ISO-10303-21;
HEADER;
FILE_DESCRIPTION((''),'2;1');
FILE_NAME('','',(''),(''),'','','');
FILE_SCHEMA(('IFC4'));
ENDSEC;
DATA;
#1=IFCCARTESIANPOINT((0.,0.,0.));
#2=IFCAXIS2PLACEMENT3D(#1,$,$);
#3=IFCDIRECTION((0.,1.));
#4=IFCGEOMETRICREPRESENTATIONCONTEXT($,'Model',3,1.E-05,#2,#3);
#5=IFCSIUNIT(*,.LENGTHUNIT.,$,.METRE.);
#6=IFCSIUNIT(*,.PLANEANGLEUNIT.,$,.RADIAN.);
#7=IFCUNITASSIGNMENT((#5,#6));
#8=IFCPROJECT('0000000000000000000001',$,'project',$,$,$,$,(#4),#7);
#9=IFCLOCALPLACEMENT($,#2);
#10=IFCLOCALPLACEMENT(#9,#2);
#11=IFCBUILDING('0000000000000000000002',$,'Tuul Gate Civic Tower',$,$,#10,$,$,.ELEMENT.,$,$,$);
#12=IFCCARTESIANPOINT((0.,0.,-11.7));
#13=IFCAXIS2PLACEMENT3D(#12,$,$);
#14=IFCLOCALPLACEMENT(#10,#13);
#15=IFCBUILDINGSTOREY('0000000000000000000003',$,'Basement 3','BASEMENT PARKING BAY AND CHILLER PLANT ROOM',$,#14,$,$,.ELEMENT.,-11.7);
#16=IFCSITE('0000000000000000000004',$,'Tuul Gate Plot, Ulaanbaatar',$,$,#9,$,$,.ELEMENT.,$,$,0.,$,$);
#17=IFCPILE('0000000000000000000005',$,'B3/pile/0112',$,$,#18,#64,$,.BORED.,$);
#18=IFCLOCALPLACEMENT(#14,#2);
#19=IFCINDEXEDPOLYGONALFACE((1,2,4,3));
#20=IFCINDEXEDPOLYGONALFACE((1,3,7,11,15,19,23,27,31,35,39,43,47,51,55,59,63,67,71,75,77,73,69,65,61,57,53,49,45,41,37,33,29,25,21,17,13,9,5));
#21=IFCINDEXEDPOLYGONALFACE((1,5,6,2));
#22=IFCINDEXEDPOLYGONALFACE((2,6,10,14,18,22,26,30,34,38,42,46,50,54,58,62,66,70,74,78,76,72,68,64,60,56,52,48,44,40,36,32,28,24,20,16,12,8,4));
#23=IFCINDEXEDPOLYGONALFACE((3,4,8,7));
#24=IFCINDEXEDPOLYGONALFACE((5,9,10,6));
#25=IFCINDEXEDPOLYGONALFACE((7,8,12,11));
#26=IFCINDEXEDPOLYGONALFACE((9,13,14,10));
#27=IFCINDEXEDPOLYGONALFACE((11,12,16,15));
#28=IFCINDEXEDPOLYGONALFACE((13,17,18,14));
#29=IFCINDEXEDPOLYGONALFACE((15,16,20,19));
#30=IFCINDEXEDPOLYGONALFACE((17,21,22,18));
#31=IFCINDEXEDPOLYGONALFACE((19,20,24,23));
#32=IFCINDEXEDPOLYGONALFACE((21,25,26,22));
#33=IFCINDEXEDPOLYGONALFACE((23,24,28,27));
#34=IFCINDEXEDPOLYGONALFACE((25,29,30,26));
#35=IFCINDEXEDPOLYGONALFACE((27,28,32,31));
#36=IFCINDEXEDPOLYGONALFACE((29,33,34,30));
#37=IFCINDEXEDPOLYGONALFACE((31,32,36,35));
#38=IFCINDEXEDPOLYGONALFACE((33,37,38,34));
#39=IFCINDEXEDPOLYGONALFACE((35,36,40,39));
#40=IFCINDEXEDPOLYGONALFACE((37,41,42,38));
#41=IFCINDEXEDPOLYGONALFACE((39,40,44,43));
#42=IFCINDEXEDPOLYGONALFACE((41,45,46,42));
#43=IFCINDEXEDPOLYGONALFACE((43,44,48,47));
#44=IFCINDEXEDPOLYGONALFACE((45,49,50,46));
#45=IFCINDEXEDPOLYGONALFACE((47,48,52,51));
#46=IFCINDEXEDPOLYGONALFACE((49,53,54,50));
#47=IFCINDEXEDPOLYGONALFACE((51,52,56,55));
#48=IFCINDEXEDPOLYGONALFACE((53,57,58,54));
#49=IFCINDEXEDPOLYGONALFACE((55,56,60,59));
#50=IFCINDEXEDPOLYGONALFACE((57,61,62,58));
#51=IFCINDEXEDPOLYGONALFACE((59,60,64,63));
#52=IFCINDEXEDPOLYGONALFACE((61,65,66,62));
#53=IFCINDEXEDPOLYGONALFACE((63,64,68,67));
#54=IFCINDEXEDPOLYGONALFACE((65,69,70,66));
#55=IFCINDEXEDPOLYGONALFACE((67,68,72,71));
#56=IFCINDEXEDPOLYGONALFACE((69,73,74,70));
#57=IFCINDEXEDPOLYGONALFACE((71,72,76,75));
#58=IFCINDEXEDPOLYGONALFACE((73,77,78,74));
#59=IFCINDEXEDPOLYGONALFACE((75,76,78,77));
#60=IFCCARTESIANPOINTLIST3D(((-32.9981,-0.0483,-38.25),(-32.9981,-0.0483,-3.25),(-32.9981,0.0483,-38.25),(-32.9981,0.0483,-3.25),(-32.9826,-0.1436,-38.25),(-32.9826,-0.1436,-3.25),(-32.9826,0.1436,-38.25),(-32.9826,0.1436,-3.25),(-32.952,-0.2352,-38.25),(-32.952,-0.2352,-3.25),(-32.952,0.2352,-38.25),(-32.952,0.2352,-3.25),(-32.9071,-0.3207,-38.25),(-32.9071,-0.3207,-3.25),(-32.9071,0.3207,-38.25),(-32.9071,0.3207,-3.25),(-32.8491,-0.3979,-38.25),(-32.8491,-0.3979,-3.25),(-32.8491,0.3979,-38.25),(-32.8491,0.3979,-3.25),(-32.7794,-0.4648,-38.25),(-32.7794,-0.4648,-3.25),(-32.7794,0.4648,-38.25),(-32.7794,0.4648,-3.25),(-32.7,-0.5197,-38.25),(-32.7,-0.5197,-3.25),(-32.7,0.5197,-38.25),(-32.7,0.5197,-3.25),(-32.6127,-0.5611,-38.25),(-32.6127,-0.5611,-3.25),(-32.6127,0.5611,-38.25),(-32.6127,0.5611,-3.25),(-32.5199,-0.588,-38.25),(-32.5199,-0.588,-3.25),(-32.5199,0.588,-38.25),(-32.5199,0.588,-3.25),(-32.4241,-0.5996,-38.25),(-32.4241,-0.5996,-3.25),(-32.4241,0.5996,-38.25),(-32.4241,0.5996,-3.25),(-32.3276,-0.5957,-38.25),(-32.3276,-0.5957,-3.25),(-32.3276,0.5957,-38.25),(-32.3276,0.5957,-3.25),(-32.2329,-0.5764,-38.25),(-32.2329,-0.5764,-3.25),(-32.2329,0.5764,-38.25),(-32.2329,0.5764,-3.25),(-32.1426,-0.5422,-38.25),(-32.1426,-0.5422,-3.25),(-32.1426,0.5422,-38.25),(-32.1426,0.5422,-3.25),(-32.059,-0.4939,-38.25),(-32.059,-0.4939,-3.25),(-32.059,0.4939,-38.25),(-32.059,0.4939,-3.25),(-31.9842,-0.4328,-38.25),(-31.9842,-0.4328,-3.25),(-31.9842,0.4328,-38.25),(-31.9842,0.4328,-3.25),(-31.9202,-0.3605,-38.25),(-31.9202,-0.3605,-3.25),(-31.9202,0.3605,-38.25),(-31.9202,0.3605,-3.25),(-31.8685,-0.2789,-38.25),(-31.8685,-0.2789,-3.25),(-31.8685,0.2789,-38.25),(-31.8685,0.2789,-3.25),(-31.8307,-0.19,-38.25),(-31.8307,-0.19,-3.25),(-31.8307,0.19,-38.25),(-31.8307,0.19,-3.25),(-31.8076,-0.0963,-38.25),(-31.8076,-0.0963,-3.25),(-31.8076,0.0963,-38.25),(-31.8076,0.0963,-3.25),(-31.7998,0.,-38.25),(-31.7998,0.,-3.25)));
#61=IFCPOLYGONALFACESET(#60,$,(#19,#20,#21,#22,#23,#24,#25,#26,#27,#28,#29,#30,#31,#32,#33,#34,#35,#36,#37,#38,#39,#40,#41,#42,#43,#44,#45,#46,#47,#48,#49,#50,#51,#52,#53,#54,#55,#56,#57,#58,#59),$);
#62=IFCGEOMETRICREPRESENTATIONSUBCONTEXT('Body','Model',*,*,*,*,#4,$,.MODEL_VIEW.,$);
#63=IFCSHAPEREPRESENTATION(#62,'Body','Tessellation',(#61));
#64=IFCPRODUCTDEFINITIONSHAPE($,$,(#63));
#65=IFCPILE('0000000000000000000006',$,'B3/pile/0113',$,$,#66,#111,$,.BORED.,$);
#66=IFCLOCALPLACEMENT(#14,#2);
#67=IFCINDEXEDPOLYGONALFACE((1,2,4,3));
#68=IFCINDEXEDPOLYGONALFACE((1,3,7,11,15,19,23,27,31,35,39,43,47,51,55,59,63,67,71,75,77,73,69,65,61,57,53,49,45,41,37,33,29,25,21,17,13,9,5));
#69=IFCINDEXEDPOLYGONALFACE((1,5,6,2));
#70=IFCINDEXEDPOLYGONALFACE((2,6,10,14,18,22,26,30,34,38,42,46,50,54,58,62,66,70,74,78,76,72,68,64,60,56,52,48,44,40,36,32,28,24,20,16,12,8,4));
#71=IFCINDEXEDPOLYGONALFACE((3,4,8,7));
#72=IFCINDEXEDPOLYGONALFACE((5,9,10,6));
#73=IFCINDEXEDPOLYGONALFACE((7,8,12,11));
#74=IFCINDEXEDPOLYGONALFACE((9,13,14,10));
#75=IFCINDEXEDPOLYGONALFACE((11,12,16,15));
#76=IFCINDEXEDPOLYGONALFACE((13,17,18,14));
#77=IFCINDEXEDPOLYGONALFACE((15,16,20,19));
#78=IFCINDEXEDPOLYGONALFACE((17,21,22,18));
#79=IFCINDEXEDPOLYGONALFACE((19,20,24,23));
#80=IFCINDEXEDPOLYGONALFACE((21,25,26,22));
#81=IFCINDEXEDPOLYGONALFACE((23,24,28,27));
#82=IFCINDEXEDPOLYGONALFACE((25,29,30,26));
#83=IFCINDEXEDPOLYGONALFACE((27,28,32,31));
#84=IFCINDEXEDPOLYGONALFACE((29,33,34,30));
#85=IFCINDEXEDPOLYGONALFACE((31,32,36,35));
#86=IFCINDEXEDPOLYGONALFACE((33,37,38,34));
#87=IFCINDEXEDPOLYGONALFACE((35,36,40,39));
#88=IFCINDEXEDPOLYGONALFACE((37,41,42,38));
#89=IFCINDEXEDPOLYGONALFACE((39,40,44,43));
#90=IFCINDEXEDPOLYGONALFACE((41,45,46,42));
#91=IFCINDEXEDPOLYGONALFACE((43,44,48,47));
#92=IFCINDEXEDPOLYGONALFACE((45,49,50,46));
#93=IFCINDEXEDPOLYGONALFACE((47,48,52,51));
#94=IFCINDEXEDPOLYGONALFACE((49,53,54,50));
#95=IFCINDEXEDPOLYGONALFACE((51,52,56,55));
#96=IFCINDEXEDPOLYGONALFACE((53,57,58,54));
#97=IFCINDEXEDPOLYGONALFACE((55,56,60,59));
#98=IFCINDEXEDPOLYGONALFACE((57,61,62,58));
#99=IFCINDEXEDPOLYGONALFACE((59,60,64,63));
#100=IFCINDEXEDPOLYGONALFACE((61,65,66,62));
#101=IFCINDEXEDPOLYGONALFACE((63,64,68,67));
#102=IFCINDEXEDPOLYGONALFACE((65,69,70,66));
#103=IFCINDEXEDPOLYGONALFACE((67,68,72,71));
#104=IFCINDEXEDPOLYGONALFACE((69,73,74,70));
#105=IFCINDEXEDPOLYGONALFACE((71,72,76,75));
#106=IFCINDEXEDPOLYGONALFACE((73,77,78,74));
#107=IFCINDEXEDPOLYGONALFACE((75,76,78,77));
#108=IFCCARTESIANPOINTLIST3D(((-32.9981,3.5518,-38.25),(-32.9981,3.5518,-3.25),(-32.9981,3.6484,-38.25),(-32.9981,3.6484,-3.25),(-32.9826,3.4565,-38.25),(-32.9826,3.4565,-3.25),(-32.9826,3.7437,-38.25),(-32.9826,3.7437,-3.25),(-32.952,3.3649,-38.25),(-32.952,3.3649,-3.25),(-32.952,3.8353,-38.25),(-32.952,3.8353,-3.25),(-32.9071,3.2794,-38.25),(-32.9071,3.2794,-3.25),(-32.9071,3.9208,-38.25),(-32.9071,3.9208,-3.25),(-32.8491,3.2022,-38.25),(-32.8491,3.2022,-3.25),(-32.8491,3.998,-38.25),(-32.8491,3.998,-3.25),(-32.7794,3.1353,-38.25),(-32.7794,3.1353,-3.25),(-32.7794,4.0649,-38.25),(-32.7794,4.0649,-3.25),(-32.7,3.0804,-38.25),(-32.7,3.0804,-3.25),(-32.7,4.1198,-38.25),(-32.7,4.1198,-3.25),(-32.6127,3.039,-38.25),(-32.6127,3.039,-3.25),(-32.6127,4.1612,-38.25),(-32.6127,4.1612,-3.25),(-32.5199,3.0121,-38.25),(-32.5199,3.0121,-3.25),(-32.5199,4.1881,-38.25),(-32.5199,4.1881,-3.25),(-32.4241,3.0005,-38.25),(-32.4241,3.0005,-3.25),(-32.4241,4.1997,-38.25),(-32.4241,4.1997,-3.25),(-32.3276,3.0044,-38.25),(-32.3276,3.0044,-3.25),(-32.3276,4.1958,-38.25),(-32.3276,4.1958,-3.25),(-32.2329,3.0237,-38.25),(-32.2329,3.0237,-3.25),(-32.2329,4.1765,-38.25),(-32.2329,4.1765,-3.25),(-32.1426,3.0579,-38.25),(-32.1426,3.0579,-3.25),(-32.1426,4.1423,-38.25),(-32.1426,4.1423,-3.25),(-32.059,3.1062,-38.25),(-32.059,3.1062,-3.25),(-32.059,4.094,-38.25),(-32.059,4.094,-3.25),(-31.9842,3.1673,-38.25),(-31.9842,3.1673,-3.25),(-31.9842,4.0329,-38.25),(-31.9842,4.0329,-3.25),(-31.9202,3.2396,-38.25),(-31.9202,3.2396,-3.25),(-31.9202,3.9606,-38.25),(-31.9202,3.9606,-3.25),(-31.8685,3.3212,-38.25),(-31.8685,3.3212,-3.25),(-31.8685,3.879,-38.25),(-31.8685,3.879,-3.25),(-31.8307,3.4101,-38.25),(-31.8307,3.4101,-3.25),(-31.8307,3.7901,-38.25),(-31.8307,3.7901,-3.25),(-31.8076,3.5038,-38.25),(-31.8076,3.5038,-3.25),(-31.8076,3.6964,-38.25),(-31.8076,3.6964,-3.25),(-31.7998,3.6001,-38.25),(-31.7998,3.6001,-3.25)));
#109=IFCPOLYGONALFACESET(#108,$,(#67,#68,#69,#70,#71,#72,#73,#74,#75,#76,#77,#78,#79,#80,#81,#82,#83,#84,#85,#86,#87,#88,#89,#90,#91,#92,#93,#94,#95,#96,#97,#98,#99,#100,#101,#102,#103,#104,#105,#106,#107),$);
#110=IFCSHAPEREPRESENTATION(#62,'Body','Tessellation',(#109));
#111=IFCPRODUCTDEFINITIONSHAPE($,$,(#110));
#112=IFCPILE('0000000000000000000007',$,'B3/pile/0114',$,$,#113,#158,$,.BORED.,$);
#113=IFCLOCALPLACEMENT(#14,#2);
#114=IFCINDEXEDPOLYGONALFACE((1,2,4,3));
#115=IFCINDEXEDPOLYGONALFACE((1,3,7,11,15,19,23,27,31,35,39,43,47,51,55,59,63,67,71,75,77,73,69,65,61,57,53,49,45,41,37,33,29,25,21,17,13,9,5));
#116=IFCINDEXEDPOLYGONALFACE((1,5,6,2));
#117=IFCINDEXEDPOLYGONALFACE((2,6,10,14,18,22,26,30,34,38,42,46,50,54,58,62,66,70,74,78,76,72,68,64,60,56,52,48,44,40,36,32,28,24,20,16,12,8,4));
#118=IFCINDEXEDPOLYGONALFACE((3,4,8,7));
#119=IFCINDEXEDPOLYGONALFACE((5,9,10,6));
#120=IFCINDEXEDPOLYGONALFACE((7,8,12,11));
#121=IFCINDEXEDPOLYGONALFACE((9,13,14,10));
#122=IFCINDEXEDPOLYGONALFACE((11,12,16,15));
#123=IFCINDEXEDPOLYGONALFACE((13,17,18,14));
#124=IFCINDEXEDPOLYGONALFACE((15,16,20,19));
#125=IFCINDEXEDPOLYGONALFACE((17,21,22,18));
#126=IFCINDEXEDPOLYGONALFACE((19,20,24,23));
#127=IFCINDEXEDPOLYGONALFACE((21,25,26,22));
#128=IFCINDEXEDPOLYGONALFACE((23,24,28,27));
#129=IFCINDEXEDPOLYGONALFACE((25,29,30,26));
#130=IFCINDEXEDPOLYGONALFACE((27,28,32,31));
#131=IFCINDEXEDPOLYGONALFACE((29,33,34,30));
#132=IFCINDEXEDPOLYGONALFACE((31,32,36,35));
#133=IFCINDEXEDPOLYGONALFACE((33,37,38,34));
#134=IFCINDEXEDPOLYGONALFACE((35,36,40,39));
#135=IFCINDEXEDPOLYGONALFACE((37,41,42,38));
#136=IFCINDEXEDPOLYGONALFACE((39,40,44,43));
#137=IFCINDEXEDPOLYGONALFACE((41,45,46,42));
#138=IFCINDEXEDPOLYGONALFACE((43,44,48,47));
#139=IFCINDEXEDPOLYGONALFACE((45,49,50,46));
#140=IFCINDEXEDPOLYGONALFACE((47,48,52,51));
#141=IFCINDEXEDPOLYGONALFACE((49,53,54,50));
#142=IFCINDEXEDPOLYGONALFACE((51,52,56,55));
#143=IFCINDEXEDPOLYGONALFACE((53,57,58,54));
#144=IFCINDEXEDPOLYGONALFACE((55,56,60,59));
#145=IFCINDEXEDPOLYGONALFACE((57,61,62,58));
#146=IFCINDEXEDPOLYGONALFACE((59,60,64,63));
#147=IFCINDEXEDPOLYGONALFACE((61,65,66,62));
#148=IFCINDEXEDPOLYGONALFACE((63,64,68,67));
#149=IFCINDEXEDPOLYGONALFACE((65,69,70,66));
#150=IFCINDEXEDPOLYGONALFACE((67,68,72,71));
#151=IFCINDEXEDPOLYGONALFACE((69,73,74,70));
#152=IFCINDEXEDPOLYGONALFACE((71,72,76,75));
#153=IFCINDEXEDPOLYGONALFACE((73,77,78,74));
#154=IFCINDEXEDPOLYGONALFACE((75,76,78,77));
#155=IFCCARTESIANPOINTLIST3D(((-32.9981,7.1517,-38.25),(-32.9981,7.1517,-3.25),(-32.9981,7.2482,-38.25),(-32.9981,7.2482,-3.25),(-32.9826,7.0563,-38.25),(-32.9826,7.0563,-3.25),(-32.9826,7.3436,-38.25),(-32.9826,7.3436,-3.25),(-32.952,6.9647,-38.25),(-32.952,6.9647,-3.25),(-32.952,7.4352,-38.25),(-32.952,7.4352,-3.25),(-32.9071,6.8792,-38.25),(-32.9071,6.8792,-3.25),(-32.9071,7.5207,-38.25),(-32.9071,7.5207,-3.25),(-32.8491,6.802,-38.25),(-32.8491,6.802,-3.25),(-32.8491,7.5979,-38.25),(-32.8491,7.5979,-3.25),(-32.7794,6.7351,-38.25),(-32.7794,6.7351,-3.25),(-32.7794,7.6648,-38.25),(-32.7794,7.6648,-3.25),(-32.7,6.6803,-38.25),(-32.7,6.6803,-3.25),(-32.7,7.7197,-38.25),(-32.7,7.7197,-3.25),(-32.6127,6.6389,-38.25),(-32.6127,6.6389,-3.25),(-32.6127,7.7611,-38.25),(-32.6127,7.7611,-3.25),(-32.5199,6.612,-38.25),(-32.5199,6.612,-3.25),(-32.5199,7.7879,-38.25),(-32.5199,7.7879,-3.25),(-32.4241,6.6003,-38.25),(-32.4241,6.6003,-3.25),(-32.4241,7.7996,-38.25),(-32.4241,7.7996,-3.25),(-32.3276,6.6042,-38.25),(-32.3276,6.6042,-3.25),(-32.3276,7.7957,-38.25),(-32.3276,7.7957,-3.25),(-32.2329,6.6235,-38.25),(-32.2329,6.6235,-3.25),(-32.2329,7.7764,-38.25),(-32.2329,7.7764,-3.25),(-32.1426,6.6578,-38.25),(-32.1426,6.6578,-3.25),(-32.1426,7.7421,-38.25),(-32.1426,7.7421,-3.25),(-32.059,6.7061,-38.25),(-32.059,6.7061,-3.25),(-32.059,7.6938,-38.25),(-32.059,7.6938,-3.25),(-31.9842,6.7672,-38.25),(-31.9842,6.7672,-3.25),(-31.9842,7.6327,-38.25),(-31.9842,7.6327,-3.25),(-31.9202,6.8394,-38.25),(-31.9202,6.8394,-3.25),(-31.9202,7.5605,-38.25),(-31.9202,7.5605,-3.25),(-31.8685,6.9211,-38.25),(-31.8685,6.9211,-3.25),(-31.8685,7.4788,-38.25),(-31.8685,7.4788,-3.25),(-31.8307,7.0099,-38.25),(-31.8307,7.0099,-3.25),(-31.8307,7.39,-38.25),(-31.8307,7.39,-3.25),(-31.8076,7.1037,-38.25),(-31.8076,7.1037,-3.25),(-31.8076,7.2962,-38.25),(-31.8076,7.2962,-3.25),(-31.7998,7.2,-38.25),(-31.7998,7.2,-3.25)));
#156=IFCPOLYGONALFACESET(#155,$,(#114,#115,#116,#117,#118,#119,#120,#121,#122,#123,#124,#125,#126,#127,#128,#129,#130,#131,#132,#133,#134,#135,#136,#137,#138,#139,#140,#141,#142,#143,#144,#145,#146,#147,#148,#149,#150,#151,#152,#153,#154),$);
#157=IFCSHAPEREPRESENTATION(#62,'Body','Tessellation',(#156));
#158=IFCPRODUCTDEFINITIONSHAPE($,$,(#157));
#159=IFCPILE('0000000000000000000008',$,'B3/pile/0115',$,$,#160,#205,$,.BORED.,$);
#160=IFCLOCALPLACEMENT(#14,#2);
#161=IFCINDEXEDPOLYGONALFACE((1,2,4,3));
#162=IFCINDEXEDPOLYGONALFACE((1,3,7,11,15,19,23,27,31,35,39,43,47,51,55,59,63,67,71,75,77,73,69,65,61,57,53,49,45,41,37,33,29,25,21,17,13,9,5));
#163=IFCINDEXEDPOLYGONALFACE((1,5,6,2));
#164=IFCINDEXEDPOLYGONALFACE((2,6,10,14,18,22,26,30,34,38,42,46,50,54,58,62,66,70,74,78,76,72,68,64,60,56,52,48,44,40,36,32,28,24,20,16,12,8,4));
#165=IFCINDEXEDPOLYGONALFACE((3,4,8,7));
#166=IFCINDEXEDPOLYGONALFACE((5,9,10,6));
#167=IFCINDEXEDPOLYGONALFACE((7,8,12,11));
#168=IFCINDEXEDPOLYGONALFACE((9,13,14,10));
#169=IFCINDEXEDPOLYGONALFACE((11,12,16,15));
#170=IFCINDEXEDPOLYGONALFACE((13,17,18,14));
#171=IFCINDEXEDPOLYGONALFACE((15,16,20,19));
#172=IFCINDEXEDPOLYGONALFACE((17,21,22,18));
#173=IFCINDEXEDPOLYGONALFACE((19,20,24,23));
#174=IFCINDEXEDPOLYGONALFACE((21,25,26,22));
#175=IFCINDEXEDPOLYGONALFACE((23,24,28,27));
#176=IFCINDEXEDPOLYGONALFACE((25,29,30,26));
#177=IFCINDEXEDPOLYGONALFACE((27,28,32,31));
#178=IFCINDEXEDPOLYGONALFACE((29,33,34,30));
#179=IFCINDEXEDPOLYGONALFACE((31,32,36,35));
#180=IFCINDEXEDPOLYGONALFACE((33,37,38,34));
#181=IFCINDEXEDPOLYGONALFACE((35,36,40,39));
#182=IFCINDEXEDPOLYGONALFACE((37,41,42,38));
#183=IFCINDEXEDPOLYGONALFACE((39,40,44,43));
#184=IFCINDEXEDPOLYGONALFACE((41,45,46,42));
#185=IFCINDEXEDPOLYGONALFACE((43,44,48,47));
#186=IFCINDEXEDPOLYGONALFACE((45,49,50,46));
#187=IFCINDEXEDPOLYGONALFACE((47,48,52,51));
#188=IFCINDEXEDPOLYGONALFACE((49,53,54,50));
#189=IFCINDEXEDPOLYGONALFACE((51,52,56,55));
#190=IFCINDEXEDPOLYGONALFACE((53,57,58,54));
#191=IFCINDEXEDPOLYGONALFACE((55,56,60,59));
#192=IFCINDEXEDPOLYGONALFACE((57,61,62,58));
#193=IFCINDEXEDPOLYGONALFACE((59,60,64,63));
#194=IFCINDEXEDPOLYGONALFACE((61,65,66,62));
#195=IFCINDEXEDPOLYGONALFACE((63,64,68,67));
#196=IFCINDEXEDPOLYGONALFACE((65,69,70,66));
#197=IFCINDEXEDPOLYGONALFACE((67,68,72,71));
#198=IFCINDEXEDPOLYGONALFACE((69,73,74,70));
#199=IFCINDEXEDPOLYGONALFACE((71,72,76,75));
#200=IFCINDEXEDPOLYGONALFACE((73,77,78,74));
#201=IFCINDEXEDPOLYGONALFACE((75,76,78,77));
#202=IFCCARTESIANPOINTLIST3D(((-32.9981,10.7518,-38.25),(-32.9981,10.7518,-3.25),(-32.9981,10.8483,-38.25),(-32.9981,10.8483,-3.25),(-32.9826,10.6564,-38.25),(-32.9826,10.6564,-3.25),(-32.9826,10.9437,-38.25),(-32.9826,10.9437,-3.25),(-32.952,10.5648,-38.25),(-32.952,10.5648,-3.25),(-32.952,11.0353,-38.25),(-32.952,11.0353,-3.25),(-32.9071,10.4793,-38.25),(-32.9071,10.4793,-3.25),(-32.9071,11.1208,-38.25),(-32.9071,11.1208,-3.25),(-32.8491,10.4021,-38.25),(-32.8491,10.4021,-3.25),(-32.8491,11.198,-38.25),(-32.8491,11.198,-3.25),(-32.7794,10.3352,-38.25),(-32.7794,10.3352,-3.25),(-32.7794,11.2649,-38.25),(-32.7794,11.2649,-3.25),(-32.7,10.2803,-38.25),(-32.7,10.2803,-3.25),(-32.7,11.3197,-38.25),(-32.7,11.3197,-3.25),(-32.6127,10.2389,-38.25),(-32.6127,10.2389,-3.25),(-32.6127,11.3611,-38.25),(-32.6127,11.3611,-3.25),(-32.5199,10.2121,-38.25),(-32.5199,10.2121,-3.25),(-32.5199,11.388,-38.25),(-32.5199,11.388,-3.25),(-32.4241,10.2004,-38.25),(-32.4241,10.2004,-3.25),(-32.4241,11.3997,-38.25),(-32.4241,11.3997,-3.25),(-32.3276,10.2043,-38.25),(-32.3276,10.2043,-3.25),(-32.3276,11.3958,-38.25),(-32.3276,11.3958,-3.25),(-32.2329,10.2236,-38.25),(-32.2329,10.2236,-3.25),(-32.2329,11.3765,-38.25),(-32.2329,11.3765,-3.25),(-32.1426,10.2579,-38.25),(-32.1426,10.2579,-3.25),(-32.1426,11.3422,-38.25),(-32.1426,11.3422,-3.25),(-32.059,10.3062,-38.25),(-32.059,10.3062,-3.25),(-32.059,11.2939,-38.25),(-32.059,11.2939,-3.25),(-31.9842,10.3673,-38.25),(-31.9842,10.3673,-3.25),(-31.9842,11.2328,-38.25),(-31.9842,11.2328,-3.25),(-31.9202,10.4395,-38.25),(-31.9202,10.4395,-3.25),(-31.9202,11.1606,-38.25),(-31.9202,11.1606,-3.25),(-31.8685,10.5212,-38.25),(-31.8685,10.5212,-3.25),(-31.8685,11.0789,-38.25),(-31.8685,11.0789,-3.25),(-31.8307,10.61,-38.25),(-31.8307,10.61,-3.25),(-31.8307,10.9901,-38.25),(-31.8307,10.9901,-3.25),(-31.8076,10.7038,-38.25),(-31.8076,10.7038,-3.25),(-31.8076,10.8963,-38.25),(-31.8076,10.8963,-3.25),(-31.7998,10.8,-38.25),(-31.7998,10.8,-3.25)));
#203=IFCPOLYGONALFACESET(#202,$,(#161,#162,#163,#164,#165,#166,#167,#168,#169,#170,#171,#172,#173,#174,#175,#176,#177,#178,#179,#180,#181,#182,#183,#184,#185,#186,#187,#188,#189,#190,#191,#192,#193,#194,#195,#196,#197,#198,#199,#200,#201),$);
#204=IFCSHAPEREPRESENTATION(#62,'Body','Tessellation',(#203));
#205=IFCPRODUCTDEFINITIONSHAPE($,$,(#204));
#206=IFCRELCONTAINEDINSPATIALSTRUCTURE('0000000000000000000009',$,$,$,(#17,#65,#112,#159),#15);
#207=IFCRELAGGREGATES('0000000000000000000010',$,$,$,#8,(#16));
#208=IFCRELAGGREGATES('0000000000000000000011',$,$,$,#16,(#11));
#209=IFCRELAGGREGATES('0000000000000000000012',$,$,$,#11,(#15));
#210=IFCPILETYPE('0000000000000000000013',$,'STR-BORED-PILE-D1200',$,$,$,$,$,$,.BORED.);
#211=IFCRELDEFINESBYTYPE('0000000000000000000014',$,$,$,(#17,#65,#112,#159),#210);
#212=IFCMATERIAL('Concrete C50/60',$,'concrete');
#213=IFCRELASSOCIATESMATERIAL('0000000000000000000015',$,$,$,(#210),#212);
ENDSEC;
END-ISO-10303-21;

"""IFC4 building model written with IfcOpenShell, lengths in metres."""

from ifc_helpers import new_model, si_unit, direction, frame, origin, origin_2d, place, context, subcontext, project, spatial, circle, extrude, material, material_profile, profile_set, type_object, element, save


model = new_model("IFC4")

# Units and contexts
model_context = context("Model", 3, precision=1e-05, world=origin(), true_north=direction((0.0, 1.0)))
body_context = subcontext(model_context, "Body", "Model", "MODEL_VIEW")
ifc_project = project(units=[si_unit("LENGTHUNIT", "METRE"), si_unit("PLANEANGLEUNIT", "RADIAN")], contexts=[model_context])

# Site, building, storey
site_placement = place(None, origin())
site = spatial("IfcSite", under=ifc_project, at=site_placement, Name="Tuul Gate Plot, Ulaanbaatar", CompositionType="ELEMENT", RefElevation=0.0)
building_placement = place(site_placement, origin())
building = spatial("IfcBuilding", under=site, at=building_placement, Name="Tuul Gate Civic Tower", CompositionType="ELEMENT")
storey_placement = place(building_placement, frame((0.0, 0.0, -11.7)))
storey = spatial("IfcBuildingStorey", under=building, at=storey_placement, Name="Basement 3", Description="BASEMENT PARKING BAY AND CHILLER PLANT ROOM", CompositionType="ELEMENT", Elevation=-11.7)

# Piles
ifc_material_1 = material(Name="Concrete C50/60", Category="concrete")
ifc_material_profile_1 = material_profile(ifc_material_1, circle(Radius=0.6001, at=origin_2d()), Name="PILE1200")
ifc_profile_set_1 = profile_set([ifc_material_profile_1], Name="Concrete C50/60")
pile_type = type_object("IfcPileType", Name="STR-BORED-PILE-D1200", PredefinedType="BORED", material=ifc_profile_set_1)
for number, where, z_axis, x_axis, name in (
    (1, (-32.3999, 0.0, -3.25), (0.0, 0.0, -1.0), (1.0, 0.0, 0.0), "B3/pile/0112"),
    (2, (-32.3999, 3.6001, -3.25), (0.0, 0.0, -1.0), (1.0, 0.0, 0.0), "B3/pile/0113"),
    (3, (-32.3999, 7.2, -3.25), (0.0, 0.0, -1.0), (1.0, 0.0, 0.0), "B3/pile/0114"),
    (4, (-32.3999, 10.8, -3.25), (0.0, 0.0, -1.0), (1.0, 0.0, 0.0), "B3/pile/0115"),
):
    element("IfcPile", number, at=place(storey_placement, frame(where, z_axis=z_axis, x_axis=x_axis)), inside=storey, type_object=pile_type, Name=name, PredefinedType="BORED", context=body_context, shape_type="SweptSolid", body=[
        extrude(circle(Radius=0.6001, at=origin_2d()), origin(), (0.0, 0.0, 1.0), 35.0),
    ])

save(model, "model.ifc")
